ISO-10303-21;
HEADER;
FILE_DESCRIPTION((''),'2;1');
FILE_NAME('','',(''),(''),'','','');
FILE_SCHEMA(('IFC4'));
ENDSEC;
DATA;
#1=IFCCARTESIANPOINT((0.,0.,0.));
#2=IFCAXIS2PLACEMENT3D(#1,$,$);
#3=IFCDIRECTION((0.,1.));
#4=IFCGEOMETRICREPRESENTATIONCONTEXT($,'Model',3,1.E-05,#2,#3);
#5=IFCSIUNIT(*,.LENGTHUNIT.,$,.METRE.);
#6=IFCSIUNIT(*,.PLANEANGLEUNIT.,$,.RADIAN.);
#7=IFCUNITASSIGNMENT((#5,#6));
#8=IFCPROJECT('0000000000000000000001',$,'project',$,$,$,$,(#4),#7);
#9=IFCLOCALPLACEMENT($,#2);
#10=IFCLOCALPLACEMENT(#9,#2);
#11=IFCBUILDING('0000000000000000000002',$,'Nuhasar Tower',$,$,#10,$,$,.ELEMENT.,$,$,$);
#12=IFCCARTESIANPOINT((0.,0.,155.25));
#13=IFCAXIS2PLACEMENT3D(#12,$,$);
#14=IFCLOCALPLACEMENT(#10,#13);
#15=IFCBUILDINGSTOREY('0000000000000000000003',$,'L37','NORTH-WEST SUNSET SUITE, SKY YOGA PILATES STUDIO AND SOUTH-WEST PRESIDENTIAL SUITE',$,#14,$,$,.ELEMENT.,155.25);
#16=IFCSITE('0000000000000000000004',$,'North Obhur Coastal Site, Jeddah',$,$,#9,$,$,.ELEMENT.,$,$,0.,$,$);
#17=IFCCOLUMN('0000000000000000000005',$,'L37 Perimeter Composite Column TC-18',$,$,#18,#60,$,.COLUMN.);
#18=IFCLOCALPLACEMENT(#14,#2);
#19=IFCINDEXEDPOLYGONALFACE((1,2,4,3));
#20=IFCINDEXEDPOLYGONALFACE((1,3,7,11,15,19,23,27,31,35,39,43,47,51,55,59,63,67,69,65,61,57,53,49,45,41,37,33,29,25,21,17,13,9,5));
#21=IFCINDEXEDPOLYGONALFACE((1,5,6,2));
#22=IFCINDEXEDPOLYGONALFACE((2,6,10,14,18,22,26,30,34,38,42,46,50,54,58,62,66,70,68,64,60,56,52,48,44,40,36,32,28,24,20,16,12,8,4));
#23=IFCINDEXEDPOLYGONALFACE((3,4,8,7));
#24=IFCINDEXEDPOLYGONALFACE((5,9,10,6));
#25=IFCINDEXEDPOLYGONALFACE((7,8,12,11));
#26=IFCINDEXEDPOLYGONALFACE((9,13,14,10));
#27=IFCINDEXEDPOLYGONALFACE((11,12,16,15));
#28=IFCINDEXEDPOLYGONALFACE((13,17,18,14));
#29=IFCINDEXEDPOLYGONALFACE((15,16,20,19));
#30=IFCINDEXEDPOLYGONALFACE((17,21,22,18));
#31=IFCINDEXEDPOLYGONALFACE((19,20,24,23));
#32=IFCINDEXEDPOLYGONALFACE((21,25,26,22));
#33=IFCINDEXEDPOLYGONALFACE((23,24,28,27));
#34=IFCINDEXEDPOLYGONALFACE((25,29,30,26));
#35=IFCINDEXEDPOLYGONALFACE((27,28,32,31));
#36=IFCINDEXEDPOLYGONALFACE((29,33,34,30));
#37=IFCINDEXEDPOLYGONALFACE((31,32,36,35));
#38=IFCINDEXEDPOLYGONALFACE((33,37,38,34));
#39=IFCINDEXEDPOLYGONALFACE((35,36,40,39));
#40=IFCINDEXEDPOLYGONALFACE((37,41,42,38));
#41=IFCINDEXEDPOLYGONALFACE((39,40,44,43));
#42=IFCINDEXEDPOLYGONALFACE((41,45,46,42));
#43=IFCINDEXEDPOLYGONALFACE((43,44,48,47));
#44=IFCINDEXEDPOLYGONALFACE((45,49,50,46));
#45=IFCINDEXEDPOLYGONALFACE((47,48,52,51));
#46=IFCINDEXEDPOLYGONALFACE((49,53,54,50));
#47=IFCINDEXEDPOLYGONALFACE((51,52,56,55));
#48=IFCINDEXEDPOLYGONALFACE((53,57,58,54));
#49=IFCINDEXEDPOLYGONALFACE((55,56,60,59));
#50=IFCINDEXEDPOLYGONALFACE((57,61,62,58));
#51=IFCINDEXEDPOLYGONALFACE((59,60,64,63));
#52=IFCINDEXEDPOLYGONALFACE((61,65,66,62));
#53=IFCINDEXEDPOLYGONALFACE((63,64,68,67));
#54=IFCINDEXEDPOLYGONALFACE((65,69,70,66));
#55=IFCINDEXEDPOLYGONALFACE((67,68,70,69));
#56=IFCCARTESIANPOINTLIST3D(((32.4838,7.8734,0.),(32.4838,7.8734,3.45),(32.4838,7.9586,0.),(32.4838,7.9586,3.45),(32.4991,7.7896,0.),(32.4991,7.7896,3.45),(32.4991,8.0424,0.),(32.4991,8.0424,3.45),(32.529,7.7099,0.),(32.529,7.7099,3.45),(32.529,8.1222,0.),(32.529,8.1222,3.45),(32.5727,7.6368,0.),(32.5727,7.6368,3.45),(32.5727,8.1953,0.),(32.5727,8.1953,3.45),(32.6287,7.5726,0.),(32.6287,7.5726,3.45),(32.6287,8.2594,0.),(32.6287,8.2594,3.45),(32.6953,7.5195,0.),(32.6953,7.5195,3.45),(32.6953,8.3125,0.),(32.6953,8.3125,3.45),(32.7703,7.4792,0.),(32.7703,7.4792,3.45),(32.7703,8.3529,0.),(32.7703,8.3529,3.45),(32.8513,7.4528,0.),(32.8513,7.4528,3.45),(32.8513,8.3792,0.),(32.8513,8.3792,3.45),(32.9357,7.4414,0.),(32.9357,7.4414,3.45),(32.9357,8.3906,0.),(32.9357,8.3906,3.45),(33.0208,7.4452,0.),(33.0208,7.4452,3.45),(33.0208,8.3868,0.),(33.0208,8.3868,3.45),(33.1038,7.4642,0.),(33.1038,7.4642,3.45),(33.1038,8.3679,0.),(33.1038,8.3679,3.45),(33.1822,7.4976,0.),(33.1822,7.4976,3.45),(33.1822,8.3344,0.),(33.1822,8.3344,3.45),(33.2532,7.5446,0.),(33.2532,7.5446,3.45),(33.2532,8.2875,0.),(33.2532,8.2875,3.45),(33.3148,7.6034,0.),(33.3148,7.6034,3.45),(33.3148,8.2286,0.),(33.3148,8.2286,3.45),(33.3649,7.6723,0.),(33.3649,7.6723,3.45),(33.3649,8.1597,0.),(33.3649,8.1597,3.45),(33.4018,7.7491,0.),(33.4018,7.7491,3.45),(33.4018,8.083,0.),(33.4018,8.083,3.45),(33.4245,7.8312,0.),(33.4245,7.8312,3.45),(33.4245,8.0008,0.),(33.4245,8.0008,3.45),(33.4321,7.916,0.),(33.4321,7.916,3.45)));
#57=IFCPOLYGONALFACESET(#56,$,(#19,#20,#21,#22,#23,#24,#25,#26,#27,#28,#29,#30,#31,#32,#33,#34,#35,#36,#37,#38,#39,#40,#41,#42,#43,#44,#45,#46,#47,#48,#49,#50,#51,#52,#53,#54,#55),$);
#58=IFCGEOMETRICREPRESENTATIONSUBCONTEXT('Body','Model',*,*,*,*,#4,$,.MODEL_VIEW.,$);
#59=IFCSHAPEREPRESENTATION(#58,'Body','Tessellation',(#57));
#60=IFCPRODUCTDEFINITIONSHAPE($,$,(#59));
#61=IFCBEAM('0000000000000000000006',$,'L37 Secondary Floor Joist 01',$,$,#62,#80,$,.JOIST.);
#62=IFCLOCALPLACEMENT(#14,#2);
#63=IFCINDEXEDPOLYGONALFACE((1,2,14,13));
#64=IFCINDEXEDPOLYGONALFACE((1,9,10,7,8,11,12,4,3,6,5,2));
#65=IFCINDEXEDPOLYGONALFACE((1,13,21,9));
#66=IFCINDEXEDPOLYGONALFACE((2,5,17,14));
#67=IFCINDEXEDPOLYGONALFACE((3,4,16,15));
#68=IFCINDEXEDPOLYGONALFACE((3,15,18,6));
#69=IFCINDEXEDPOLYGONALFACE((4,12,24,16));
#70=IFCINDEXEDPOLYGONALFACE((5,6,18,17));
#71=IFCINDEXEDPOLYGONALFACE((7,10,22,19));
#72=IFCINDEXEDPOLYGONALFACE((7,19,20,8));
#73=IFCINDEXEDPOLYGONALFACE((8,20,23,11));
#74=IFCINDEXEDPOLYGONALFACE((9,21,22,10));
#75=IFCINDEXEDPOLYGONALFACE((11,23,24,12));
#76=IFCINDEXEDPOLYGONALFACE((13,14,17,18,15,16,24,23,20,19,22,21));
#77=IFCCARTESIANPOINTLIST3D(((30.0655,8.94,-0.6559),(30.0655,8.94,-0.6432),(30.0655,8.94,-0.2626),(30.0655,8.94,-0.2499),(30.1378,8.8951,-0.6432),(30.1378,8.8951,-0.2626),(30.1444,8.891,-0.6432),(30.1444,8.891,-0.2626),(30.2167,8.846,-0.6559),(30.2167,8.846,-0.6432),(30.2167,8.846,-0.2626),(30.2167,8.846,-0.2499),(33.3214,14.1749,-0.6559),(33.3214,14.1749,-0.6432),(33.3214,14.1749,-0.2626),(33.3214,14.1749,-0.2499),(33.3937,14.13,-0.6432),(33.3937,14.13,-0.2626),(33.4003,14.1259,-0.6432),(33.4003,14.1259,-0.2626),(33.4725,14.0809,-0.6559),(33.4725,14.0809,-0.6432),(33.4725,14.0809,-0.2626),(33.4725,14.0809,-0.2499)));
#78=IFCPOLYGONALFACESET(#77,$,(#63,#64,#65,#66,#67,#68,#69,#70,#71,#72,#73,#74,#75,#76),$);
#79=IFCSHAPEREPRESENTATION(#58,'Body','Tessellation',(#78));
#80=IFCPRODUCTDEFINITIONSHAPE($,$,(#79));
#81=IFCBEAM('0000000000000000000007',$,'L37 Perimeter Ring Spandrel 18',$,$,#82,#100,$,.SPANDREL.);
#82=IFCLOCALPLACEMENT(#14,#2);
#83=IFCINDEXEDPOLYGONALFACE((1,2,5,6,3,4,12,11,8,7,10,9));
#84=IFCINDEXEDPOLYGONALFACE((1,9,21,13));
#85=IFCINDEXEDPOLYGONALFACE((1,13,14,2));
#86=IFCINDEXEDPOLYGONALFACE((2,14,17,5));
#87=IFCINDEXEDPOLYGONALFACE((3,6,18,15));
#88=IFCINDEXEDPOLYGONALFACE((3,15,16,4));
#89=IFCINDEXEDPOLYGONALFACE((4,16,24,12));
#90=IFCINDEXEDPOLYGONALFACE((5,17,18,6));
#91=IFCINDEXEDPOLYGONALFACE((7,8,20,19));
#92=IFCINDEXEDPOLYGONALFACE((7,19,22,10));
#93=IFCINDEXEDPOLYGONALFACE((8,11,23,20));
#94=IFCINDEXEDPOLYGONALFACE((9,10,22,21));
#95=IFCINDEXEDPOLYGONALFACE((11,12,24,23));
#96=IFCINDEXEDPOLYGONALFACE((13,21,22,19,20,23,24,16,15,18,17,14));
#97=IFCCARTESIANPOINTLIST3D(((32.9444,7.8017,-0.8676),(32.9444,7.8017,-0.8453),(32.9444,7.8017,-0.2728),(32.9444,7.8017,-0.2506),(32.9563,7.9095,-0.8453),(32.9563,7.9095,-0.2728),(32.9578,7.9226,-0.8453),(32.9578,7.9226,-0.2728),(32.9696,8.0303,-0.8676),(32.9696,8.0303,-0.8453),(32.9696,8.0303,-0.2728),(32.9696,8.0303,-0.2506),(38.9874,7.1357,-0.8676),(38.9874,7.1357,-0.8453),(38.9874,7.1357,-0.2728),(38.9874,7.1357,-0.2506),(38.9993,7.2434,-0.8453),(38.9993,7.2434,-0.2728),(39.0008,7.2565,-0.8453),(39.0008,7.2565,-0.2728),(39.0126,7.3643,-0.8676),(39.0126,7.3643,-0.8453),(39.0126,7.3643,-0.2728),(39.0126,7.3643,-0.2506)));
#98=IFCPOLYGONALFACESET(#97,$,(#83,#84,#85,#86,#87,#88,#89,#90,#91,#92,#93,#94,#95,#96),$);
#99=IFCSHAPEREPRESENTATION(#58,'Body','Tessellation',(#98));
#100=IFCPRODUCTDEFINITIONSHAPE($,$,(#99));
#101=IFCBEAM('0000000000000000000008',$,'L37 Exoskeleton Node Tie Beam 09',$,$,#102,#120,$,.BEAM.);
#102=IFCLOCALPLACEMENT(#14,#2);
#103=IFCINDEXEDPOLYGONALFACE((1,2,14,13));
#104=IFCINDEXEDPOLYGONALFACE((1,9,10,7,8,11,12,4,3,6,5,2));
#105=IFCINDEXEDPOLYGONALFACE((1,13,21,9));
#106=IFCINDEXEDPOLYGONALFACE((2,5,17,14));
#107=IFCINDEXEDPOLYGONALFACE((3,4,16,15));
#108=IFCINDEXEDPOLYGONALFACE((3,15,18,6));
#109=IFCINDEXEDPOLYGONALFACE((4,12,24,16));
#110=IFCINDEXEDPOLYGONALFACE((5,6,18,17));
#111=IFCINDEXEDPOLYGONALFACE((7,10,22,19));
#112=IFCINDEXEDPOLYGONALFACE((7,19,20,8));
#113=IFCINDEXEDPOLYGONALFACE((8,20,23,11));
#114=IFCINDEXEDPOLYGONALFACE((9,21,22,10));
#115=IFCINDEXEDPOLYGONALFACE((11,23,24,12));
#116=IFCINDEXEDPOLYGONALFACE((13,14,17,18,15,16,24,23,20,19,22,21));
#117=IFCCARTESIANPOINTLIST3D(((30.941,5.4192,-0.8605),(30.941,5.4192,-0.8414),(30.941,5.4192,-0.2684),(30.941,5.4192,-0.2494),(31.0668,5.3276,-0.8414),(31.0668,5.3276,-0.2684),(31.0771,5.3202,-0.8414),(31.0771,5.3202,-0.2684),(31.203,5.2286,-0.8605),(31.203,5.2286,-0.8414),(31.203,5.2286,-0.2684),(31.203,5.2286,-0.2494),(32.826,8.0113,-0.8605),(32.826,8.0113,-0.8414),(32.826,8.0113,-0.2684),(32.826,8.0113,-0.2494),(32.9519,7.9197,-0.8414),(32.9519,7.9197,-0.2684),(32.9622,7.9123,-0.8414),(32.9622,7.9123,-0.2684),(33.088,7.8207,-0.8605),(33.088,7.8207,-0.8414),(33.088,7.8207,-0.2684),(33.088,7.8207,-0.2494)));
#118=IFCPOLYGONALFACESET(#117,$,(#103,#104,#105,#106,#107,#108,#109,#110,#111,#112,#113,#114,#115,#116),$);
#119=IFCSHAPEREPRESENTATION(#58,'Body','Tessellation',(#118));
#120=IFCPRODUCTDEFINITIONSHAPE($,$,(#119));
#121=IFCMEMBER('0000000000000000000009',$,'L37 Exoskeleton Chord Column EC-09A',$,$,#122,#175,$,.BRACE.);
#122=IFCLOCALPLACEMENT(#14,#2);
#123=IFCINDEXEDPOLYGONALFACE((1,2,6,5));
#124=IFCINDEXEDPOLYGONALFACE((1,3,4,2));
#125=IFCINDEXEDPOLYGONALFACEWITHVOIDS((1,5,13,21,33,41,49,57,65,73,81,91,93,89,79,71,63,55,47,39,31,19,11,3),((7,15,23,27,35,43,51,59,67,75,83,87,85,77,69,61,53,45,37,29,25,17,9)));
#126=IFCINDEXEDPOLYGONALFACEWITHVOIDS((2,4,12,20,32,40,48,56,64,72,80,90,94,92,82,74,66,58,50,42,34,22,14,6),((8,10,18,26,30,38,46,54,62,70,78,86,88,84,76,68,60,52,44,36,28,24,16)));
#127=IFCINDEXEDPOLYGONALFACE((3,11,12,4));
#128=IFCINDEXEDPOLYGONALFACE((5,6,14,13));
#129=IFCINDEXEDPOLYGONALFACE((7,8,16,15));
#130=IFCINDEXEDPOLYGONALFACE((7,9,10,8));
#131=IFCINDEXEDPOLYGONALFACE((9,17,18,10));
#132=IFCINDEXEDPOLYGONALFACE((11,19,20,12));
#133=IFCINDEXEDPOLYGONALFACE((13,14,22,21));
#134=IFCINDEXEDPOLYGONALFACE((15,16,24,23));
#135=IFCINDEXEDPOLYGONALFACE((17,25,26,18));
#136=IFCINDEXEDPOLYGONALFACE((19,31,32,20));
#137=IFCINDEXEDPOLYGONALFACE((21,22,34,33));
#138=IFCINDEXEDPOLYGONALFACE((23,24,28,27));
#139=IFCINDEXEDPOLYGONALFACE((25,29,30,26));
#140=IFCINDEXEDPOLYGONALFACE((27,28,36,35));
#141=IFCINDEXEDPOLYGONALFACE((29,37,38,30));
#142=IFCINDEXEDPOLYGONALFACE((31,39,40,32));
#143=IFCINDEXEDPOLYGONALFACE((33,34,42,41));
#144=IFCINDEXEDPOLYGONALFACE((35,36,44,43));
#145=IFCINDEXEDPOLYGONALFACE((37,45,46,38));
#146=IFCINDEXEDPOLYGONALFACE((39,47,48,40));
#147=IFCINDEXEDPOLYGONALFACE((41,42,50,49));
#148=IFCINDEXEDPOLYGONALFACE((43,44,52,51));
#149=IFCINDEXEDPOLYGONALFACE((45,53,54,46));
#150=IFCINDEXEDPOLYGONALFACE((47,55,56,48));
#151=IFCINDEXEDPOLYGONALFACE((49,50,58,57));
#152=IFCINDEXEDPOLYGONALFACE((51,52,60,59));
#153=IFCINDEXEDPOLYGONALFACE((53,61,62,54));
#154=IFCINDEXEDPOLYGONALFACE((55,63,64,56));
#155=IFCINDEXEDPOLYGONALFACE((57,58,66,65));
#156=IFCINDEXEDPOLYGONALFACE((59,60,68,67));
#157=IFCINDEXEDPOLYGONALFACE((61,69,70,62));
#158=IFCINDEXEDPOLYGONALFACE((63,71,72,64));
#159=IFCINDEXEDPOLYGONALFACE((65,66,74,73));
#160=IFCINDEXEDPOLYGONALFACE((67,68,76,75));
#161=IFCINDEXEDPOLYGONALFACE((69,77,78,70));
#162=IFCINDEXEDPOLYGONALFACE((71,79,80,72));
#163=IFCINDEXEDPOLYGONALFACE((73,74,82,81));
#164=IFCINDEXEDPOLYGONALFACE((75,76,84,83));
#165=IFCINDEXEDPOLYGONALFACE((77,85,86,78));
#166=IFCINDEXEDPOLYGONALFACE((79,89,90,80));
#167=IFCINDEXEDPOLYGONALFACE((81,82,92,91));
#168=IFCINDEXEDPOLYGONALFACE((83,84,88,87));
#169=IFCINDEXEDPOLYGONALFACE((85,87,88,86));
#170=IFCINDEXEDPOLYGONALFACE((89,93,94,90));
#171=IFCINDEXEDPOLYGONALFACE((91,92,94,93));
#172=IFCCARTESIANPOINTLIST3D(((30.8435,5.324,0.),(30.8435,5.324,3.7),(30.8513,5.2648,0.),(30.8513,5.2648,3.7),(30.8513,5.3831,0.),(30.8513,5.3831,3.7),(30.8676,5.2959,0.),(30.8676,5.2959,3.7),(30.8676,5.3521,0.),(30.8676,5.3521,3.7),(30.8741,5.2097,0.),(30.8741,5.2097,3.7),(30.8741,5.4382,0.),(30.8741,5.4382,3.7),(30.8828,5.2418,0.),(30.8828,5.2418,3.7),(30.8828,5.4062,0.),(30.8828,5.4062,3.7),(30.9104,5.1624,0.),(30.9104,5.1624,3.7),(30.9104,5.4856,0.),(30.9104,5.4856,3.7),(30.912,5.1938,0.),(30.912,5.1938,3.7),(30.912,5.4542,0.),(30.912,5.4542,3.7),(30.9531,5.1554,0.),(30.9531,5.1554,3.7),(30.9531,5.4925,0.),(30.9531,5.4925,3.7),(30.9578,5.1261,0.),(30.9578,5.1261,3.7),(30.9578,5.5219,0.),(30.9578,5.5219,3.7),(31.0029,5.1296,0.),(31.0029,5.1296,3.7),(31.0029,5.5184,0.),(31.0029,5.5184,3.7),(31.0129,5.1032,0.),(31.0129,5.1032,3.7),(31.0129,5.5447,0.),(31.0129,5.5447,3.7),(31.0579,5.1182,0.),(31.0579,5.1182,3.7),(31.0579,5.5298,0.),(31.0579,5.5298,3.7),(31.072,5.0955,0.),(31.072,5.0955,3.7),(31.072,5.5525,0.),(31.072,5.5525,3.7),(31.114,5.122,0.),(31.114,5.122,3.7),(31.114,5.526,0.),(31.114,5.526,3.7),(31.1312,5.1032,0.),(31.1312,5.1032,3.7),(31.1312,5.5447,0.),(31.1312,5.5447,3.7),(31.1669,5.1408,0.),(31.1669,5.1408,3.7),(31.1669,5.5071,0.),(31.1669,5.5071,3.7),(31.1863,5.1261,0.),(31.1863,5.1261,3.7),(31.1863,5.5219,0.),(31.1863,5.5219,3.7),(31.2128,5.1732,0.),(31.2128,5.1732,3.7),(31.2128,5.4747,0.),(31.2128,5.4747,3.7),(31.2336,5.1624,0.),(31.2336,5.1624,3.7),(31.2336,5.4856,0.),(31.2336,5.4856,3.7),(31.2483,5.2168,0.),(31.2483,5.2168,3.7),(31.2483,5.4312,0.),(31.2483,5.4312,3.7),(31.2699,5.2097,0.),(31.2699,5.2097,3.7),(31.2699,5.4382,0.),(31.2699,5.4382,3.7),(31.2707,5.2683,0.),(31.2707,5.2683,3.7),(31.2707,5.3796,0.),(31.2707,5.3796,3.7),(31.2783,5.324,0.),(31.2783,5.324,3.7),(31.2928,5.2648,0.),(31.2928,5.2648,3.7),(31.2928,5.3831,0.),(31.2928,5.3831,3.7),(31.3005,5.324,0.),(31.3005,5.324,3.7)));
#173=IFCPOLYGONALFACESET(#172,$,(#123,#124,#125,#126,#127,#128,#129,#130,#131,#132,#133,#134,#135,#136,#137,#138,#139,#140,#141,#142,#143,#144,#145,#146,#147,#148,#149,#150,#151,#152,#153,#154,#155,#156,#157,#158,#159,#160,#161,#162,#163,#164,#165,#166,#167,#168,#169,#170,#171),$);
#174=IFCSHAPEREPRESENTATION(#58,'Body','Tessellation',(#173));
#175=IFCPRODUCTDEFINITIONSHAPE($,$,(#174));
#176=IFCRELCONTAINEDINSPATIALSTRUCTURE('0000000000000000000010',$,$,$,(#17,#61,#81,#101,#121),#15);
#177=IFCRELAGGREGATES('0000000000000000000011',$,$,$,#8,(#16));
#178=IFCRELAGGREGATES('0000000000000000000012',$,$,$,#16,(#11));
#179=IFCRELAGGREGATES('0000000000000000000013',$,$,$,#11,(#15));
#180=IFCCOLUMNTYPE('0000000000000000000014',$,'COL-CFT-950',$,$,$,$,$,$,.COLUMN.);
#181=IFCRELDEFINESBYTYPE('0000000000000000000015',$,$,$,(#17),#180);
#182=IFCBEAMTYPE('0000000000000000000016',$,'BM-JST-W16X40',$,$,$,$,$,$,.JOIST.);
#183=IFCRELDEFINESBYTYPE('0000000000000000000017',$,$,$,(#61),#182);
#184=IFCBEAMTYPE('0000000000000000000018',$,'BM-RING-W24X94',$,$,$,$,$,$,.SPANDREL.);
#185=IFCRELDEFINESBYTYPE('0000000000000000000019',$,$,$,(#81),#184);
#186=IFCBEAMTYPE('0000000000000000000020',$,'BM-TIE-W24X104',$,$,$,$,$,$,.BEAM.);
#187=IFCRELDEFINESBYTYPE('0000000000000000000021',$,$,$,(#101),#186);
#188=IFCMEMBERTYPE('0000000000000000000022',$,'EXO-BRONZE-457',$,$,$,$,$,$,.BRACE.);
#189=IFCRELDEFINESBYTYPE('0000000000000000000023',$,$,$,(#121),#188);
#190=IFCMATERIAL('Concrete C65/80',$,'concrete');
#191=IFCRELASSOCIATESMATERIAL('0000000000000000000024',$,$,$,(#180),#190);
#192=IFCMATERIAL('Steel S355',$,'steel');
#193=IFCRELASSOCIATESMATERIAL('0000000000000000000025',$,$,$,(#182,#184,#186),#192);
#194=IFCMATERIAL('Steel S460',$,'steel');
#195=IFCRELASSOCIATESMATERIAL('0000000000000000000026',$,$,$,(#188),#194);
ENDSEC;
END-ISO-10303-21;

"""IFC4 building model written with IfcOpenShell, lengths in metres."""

from ifc_helpers import new_model, si_unit, direction, frame, origin, origin_2d, place, context, subcontext, project, spatial, circle, hollow_circle, i_section, extrude, material, material_profile, profile_set, type_object, element, save


model = new_model("IFC4")

# Units and contexts
model_context = context("Model", 3, precision=1e-05, world=origin(), true_north=direction((0.0, 1.0)))
body_context = subcontext(model_context, "Body", "Model", "MODEL_VIEW")
ifc_project = project(units=[si_unit("LENGTHUNIT", "METRE"), si_unit("PLANEANGLEUNIT", "RADIAN")], contexts=[model_context])

# Site, building, storey
site_placement = place(None, origin())
site = spatial("IfcSite", under=ifc_project, at=site_placement, Name="North Obhur Coastal Site, Jeddah", CompositionType="ELEMENT", RefElevation=0.0)
building_placement = place(site_placement, origin())
building = spatial("IfcBuilding", under=site, at=building_placement, Name="Nuhasar Tower", CompositionType="ELEMENT")
storey_placement = place(building_placement, frame((0.0, 0.0, 155.25)))
storey = spatial("IfcBuildingStorey", under=building, at=storey_placement, Name="L37", Description="NORTH-WEST SUNSET SUITE, SKY YOGA PILATES STUDIO AND SOUTH-WEST PRESIDENTIAL SUITE", CompositionType="ELEMENT", Elevation=155.25)

# Column
ifc_material_1 = material(Name="Concrete C65/80", Category="concrete")
ifc_material_profile_1 = material_profile(ifc_material_1, circle(Radius=0.4751, at=origin_2d()), Name="CFT950")
ifc_profile_set_1 = profile_set([ifc_material_profile_1], Name="Concrete C65/80")
column_type = type_object("IfcColumnType", Name="COL-CFT-950", PredefinedType="COLUMN", material=ifc_profile_set_1)
column_placement = place(storey_placement, frame((32.957, 7.916, 0.0), z_axis=(0.0, 0.0, 1.0), x_axis=(1.0, 0.0, 0.0)))
element("IfcColumn", 1, at=column_placement, inside=storey, type_object=column_type, Name="L37 Perimeter Composite Column TC-18", PredefinedType="COLUMN", context=body_context, shape_type="SweptSolid", body=[
    extrude(circle(Radius=0.4751, at=origin_2d()), origin(), (0.0, 0.0, 1.0), 3.45),
])

# Beams
ifc_material_2 = material(Name="Steel S355", Category="steel")
ifc_material_profile_2 = material_profile(ifc_material_2, i_section(OverallWidth=0.178, OverallDepth=0.406, WebThickness=0.0078, FlangeThickness=0.0127, at=origin_2d()), Name="W16X40")
ifc_profile_set_2 = profile_set([ifc_material_profile_2], Name="Steel S355")
beam_type_1 = type_object("IfcBeamType", Name="BM-JST-W16X40", PredefinedType="JOIST", material=ifc_profile_set_2)
beam_1_placement = place(storey_placement, frame((33.397, 14.1279, -0.4529), z_axis=(-0.528139, -0.849158, 0.0), x_axis=(0.849158, -0.528139, 0.0)))
element("IfcBeam", 2, at=beam_1_placement, inside=storey, type_object=beam_type_1, Name="L37 Secondary Floor Joist 01", PredefinedType="JOIST", context=body_context, shape_type="SweptSolid", body=[
    extrude(i_section(OverallWidth=0.178, OverallDepth=0.406, WebThickness=0.0078, FlangeThickness=0.0127, at=origin_2d()), origin(), (0.0, 0.0, 1.0), 6.1648),
])
ifc_material_profile_3 = material_profile(ifc_material_2, i_section(OverallWidth=0.23, OverallDepth=0.6169, WebThickness=0.0132, FlangeThickness=0.0222, at=origin_2d()), Name="W24X94")
ifc_profile_set_3 = profile_set([ifc_material_profile_3], Name="Steel S355")
beam_type_2 = type_object("IfcBeamType", Name="BM-RING-W24X94", PredefinedType="SPANDREL", material=ifc_profile_set_3)
beam_2_placement = place(storey_placement, frame((32.957, 7.916, -0.5591), z_axis=(0.993981, -0.10955, 0.0), x_axis=(0.10955, 0.993981, 0.0)))
element("IfcBeam", 3, at=beam_2_placement, inside=storey, type_object=beam_type_2, Name="L37 Perimeter Ring Spandrel 18", PredefinedType="SPANDREL", context=body_context, shape_type="SweptSolid", body=[
    extrude(i_section(OverallWidth=0.23, OverallDepth=0.6169, WebThickness=0.0132, FlangeThickness=0.0222, at=origin_2d()), origin(), (0.0, 0.0, 1.0), 6.0796),
])
ifc_material_profile_4 = material_profile(ifc_material_2, i_section(OverallWidth=0.324, OverallDepth=0.6111, WebThickness=0.0127, FlangeThickness=0.019, at=origin_2d()), Name="W24X104")
ifc_profile_set_4 = profile_set([ifc_material_profile_4], Name="Steel S355")
beam_type_3 = type_object("IfcBeamType", Name="BM-TIE-W24X104", PredefinedType="BEAM", material=ifc_profile_set_4)
beam_3_placement = place(storey_placement, frame((32.957, 7.916, -0.5549), z_axis=(-0.588149, -0.808753, 0.0), x_axis=(0.808753, -0.588149, 0.0)))
element("IfcBeam", 4, at=beam_3_placement, inside=storey, type_object=beam_type_3, Name="L37 Exoskeleton Node Tie Beam 09", PredefinedType="BEAM", context=body_context, shape_type="SweptSolid", body=[
    extrude(i_section(OverallWidth=0.324, OverallDepth=0.6111, WebThickness=0.0127, FlangeThickness=0.019, at=origin_2d()), origin(), (0.0, 0.0, 1.0), 3.2051),
])

# Member
ifc_material_3 = material(Name="Steel S460", Category="steel")
ifc_material_profile_5 = material_profile(ifc_material_3, hollow_circle(Radius=0.2285, WallThickness=0.0222, at=origin_2d()), Name="HSS457X22.2")
ifc_profile_set_5 = profile_set([ifc_material_profile_5], Name="Steel S460")
member_type = type_object("IfcMemberType", Name="EXO-BRONZE-457", PredefinedType="BRACE", material=ifc_profile_set_5)
for number, where, z_axis, x_axis, name in (
    (5, (31.072, 5.324, 0.0), (0.0, 0.0, 1.0), (1.0, 0.0, 0.0), "L37 Exoskeleton Chord Column EC-09A"),
):
    element("IfcMember", number, at=place(storey_placement, frame(where, z_axis=z_axis, x_axis=x_axis)), inside=storey, type_object=member_type, Name=name, PredefinedType="BRACE", context=body_context, shape_type="SweptSolid", body=[
        extrude(hollow_circle(Radius=0.2285, WallThickness=0.0222, at=origin_2d()), origin(), (0.0, 0.0, 1.0), 3.7),
    ])

save(model, "model.ifc")
